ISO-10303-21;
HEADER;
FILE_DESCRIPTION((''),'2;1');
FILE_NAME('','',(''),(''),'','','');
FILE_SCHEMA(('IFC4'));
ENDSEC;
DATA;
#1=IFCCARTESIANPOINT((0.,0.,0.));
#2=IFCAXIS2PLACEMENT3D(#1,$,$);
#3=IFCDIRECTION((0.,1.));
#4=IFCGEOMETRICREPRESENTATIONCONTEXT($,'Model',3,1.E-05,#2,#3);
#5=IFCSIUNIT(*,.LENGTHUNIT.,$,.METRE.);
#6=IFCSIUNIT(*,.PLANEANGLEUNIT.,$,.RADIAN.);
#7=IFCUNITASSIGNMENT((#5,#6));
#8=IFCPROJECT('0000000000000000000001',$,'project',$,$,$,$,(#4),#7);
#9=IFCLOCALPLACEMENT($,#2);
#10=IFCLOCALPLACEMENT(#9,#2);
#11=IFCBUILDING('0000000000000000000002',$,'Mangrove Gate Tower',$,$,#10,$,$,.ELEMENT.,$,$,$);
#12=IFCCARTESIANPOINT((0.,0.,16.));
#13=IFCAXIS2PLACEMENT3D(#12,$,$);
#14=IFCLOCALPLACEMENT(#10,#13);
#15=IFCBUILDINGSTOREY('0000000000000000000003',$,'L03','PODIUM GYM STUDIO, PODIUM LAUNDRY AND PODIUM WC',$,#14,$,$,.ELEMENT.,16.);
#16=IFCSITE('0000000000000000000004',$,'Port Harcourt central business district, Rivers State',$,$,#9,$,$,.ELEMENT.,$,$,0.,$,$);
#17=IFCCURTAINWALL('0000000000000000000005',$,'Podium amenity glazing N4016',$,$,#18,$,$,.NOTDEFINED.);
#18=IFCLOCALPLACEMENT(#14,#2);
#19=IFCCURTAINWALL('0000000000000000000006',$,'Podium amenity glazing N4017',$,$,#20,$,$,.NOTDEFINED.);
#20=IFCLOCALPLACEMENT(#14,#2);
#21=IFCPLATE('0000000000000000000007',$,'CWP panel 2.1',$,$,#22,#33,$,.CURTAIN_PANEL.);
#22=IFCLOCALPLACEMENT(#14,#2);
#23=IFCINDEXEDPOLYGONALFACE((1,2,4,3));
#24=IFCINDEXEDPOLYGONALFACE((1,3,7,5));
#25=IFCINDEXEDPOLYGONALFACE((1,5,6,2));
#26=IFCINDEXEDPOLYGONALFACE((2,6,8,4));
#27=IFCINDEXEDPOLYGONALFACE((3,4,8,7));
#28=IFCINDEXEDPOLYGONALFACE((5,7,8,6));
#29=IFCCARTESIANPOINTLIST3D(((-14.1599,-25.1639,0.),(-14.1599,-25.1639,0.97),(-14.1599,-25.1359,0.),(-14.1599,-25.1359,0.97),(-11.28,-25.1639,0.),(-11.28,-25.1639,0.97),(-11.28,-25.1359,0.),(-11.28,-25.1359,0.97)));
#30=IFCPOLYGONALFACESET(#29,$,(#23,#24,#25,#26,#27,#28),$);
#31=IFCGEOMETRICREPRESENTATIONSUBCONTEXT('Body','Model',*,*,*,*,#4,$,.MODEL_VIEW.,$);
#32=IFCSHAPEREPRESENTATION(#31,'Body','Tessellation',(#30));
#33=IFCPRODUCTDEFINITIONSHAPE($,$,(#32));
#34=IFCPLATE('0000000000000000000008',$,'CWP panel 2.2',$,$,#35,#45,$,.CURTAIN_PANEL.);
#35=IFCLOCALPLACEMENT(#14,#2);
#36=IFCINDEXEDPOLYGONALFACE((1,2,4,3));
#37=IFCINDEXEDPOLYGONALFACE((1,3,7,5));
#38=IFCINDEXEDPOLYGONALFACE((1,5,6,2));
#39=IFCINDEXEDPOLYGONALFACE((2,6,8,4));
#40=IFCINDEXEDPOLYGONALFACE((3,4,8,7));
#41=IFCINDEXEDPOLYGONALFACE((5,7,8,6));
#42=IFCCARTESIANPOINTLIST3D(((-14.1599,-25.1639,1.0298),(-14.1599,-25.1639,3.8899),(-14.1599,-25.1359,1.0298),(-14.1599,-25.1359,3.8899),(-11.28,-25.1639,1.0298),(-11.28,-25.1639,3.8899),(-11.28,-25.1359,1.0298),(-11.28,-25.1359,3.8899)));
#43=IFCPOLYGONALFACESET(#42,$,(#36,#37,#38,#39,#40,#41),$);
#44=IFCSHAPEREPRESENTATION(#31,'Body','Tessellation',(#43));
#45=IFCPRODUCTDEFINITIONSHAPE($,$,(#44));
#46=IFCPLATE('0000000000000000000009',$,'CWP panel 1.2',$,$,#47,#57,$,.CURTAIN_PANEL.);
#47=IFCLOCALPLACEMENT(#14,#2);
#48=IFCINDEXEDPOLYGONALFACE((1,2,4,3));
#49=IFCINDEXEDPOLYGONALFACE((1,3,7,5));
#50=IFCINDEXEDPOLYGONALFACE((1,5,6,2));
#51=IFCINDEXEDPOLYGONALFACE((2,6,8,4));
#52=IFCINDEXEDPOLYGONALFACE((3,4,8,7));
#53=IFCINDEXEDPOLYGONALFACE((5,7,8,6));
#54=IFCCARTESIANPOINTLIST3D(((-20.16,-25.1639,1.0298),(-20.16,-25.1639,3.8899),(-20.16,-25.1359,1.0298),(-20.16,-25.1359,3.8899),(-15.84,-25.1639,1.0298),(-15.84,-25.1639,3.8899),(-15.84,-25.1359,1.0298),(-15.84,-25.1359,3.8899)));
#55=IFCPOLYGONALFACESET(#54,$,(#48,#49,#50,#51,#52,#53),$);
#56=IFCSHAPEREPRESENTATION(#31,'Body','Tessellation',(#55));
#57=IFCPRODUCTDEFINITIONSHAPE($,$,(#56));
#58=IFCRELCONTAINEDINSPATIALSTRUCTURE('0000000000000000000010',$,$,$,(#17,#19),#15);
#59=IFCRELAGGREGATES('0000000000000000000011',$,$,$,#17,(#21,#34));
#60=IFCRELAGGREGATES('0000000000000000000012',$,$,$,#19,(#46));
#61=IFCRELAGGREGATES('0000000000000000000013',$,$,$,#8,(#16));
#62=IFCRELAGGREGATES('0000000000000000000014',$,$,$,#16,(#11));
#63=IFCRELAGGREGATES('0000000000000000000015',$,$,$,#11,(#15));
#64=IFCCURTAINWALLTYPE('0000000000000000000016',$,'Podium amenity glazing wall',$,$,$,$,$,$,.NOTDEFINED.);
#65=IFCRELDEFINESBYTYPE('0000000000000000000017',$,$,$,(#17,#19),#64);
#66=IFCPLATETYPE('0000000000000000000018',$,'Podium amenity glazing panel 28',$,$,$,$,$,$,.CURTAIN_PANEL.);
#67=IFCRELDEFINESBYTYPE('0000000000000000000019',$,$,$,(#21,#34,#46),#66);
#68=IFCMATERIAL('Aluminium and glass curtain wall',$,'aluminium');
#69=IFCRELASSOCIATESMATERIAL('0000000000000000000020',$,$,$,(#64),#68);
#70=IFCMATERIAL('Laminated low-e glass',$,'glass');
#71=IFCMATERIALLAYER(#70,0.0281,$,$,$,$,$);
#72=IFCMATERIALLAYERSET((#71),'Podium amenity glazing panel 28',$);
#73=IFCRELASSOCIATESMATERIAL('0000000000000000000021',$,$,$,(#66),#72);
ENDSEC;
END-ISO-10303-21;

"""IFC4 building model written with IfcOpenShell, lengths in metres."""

from ifc_helpers import new_model, si_unit, direction, frame, origin, origin_2d, place, context, subcontext, project, spatial, rectangle, extrude, material, layer, layer_set, type_object, element, aggregate, save


model = new_model("IFC4")

# Units and contexts
model_context = context("Model", 3, precision=1e-05, world=origin(), true_north=direction((0.0, 1.0)))
body_context = subcontext(model_context, "Body", "Model", "MODEL_VIEW")
ifc_project = project(units=[si_unit("LENGTHUNIT", "METRE"), si_unit("PLANEANGLEUNIT", "RADIAN")], contexts=[model_context])

# Site, building, storey
site_placement = place(None, origin())
site = spatial("IfcSite", under=ifc_project, at=site_placement, Name="Port Harcourt central business district, Rivers State", CompositionType="ELEMENT", RefElevation=0.0)
building_placement = place(site_placement, origin())
building = spatial("IfcBuilding", under=site, at=building_placement, Name="Mangrove Gate Tower", CompositionType="ELEMENT")
storey_placement = place(building_placement, frame((0.0, 0.0, 16.0)))
storey = spatial("IfcBuildingStorey", under=building, at=storey_placement, Name="L03", Description="PODIUM GYM STUDIO, PODIUM LAUNDRY AND PODIUM WC", CompositionType="ELEMENT", Elevation=16.0)

# Curtain wall
ifc_material_1 = material(Name="Aluminium and glass curtain wall", Category="aluminium")
curtain_wall_type = type_object("IfcCurtainWallType", Name="Podium amenity glazing wall", PredefinedType="NOTDEFINED", material=ifc_material_1)
curtain_wall_1_placement = place(storey_placement, origin())
curtain_wall_1 = element("IfcCurtainWall", 1, at=curtain_wall_1_placement, inside=storey, type_object=curtain_wall_type, Name="Podium amenity glazing N4016", PredefinedType="NOTDEFINED")

# Curtain wall
curtain_wall_2_placement = place(storey_placement, origin())
curtain_wall_2 = element("IfcCurtainWall", 2, at=curtain_wall_2_placement, inside=storey, type_object=curtain_wall_type, Name="Podium amenity glazing N4017", PredefinedType="NOTDEFINED")

# Plates
ifc_material_2 = material(Name="Laminated low-e glass", Category="glass")
ifc_layer = layer(ifc_material_2, 0.0281)
ifc_layer_set = layer_set([ifc_layer], Name="Podium amenity glazing panel 28")
plate_type = type_object("IfcPlateType", Name="Podium amenity glazing panel 28", PredefinedType="CURTAIN_PANEL", material=ifc_layer_set)
plate_1_placement = place(storey_placement, frame((-12.72, -25.1499, 0.0), z_axis=(0.0, 0.0, 1.0), x_axis=(-1.0, 0.0, 0.0)))
plate_1 = element("IfcPlate", 3, at=plate_1_placement, type_object=plate_type, Name="CWP panel 2.1", PredefinedType="CURTAIN_PANEL", context=body_context, shape_type="SweptSolid", body=[
    extrude(rectangle(XDim=2.8799, YDim=0.0281, at=origin_2d()), origin(), (0.0, 0.0, 1.0), 0.97),
])
plate_2_placement = place(storey_placement, frame((-12.72, -25.1499, 1.0298), z_axis=(0.0, 0.0, 1.0), x_axis=(-1.0, 0.0, 0.0)))
plate_2 = element("IfcPlate", 4, at=plate_2_placement, type_object=plate_type, Name="CWP panel 2.2", PredefinedType="CURTAIN_PANEL", context=body_context, shape_type="SweptSolid", body=[
    extrude(rectangle(XDim=2.8799, YDim=0.0281, at=origin_2d()), origin(), (0.0, 0.0, 1.0), 2.8601),
])
aggregate(curtain_wall_1, [plate_1, plate_2])
plate_3_placement = place(storey_placement, frame((-18.0, -25.1499, 1.0298), z_axis=(0.0, 0.0, 1.0), x_axis=(-1.0, 0.0, 0.0)))
plate_3 = element("IfcPlate", 5, at=plate_3_placement, type_object=plate_type, Name="CWP panel 1.2", PredefinedType="CURTAIN_PANEL", context=body_context, shape_type="SweptSolid", body=[
    extrude(rectangle(XDim=4.3201, YDim=0.0281, at=origin_2d()), origin(), (0.0, 0.0, 1.0), 2.8601),
])
aggregate(curtain_wall_2, [plate_3])

save(model, "model.ifc")
